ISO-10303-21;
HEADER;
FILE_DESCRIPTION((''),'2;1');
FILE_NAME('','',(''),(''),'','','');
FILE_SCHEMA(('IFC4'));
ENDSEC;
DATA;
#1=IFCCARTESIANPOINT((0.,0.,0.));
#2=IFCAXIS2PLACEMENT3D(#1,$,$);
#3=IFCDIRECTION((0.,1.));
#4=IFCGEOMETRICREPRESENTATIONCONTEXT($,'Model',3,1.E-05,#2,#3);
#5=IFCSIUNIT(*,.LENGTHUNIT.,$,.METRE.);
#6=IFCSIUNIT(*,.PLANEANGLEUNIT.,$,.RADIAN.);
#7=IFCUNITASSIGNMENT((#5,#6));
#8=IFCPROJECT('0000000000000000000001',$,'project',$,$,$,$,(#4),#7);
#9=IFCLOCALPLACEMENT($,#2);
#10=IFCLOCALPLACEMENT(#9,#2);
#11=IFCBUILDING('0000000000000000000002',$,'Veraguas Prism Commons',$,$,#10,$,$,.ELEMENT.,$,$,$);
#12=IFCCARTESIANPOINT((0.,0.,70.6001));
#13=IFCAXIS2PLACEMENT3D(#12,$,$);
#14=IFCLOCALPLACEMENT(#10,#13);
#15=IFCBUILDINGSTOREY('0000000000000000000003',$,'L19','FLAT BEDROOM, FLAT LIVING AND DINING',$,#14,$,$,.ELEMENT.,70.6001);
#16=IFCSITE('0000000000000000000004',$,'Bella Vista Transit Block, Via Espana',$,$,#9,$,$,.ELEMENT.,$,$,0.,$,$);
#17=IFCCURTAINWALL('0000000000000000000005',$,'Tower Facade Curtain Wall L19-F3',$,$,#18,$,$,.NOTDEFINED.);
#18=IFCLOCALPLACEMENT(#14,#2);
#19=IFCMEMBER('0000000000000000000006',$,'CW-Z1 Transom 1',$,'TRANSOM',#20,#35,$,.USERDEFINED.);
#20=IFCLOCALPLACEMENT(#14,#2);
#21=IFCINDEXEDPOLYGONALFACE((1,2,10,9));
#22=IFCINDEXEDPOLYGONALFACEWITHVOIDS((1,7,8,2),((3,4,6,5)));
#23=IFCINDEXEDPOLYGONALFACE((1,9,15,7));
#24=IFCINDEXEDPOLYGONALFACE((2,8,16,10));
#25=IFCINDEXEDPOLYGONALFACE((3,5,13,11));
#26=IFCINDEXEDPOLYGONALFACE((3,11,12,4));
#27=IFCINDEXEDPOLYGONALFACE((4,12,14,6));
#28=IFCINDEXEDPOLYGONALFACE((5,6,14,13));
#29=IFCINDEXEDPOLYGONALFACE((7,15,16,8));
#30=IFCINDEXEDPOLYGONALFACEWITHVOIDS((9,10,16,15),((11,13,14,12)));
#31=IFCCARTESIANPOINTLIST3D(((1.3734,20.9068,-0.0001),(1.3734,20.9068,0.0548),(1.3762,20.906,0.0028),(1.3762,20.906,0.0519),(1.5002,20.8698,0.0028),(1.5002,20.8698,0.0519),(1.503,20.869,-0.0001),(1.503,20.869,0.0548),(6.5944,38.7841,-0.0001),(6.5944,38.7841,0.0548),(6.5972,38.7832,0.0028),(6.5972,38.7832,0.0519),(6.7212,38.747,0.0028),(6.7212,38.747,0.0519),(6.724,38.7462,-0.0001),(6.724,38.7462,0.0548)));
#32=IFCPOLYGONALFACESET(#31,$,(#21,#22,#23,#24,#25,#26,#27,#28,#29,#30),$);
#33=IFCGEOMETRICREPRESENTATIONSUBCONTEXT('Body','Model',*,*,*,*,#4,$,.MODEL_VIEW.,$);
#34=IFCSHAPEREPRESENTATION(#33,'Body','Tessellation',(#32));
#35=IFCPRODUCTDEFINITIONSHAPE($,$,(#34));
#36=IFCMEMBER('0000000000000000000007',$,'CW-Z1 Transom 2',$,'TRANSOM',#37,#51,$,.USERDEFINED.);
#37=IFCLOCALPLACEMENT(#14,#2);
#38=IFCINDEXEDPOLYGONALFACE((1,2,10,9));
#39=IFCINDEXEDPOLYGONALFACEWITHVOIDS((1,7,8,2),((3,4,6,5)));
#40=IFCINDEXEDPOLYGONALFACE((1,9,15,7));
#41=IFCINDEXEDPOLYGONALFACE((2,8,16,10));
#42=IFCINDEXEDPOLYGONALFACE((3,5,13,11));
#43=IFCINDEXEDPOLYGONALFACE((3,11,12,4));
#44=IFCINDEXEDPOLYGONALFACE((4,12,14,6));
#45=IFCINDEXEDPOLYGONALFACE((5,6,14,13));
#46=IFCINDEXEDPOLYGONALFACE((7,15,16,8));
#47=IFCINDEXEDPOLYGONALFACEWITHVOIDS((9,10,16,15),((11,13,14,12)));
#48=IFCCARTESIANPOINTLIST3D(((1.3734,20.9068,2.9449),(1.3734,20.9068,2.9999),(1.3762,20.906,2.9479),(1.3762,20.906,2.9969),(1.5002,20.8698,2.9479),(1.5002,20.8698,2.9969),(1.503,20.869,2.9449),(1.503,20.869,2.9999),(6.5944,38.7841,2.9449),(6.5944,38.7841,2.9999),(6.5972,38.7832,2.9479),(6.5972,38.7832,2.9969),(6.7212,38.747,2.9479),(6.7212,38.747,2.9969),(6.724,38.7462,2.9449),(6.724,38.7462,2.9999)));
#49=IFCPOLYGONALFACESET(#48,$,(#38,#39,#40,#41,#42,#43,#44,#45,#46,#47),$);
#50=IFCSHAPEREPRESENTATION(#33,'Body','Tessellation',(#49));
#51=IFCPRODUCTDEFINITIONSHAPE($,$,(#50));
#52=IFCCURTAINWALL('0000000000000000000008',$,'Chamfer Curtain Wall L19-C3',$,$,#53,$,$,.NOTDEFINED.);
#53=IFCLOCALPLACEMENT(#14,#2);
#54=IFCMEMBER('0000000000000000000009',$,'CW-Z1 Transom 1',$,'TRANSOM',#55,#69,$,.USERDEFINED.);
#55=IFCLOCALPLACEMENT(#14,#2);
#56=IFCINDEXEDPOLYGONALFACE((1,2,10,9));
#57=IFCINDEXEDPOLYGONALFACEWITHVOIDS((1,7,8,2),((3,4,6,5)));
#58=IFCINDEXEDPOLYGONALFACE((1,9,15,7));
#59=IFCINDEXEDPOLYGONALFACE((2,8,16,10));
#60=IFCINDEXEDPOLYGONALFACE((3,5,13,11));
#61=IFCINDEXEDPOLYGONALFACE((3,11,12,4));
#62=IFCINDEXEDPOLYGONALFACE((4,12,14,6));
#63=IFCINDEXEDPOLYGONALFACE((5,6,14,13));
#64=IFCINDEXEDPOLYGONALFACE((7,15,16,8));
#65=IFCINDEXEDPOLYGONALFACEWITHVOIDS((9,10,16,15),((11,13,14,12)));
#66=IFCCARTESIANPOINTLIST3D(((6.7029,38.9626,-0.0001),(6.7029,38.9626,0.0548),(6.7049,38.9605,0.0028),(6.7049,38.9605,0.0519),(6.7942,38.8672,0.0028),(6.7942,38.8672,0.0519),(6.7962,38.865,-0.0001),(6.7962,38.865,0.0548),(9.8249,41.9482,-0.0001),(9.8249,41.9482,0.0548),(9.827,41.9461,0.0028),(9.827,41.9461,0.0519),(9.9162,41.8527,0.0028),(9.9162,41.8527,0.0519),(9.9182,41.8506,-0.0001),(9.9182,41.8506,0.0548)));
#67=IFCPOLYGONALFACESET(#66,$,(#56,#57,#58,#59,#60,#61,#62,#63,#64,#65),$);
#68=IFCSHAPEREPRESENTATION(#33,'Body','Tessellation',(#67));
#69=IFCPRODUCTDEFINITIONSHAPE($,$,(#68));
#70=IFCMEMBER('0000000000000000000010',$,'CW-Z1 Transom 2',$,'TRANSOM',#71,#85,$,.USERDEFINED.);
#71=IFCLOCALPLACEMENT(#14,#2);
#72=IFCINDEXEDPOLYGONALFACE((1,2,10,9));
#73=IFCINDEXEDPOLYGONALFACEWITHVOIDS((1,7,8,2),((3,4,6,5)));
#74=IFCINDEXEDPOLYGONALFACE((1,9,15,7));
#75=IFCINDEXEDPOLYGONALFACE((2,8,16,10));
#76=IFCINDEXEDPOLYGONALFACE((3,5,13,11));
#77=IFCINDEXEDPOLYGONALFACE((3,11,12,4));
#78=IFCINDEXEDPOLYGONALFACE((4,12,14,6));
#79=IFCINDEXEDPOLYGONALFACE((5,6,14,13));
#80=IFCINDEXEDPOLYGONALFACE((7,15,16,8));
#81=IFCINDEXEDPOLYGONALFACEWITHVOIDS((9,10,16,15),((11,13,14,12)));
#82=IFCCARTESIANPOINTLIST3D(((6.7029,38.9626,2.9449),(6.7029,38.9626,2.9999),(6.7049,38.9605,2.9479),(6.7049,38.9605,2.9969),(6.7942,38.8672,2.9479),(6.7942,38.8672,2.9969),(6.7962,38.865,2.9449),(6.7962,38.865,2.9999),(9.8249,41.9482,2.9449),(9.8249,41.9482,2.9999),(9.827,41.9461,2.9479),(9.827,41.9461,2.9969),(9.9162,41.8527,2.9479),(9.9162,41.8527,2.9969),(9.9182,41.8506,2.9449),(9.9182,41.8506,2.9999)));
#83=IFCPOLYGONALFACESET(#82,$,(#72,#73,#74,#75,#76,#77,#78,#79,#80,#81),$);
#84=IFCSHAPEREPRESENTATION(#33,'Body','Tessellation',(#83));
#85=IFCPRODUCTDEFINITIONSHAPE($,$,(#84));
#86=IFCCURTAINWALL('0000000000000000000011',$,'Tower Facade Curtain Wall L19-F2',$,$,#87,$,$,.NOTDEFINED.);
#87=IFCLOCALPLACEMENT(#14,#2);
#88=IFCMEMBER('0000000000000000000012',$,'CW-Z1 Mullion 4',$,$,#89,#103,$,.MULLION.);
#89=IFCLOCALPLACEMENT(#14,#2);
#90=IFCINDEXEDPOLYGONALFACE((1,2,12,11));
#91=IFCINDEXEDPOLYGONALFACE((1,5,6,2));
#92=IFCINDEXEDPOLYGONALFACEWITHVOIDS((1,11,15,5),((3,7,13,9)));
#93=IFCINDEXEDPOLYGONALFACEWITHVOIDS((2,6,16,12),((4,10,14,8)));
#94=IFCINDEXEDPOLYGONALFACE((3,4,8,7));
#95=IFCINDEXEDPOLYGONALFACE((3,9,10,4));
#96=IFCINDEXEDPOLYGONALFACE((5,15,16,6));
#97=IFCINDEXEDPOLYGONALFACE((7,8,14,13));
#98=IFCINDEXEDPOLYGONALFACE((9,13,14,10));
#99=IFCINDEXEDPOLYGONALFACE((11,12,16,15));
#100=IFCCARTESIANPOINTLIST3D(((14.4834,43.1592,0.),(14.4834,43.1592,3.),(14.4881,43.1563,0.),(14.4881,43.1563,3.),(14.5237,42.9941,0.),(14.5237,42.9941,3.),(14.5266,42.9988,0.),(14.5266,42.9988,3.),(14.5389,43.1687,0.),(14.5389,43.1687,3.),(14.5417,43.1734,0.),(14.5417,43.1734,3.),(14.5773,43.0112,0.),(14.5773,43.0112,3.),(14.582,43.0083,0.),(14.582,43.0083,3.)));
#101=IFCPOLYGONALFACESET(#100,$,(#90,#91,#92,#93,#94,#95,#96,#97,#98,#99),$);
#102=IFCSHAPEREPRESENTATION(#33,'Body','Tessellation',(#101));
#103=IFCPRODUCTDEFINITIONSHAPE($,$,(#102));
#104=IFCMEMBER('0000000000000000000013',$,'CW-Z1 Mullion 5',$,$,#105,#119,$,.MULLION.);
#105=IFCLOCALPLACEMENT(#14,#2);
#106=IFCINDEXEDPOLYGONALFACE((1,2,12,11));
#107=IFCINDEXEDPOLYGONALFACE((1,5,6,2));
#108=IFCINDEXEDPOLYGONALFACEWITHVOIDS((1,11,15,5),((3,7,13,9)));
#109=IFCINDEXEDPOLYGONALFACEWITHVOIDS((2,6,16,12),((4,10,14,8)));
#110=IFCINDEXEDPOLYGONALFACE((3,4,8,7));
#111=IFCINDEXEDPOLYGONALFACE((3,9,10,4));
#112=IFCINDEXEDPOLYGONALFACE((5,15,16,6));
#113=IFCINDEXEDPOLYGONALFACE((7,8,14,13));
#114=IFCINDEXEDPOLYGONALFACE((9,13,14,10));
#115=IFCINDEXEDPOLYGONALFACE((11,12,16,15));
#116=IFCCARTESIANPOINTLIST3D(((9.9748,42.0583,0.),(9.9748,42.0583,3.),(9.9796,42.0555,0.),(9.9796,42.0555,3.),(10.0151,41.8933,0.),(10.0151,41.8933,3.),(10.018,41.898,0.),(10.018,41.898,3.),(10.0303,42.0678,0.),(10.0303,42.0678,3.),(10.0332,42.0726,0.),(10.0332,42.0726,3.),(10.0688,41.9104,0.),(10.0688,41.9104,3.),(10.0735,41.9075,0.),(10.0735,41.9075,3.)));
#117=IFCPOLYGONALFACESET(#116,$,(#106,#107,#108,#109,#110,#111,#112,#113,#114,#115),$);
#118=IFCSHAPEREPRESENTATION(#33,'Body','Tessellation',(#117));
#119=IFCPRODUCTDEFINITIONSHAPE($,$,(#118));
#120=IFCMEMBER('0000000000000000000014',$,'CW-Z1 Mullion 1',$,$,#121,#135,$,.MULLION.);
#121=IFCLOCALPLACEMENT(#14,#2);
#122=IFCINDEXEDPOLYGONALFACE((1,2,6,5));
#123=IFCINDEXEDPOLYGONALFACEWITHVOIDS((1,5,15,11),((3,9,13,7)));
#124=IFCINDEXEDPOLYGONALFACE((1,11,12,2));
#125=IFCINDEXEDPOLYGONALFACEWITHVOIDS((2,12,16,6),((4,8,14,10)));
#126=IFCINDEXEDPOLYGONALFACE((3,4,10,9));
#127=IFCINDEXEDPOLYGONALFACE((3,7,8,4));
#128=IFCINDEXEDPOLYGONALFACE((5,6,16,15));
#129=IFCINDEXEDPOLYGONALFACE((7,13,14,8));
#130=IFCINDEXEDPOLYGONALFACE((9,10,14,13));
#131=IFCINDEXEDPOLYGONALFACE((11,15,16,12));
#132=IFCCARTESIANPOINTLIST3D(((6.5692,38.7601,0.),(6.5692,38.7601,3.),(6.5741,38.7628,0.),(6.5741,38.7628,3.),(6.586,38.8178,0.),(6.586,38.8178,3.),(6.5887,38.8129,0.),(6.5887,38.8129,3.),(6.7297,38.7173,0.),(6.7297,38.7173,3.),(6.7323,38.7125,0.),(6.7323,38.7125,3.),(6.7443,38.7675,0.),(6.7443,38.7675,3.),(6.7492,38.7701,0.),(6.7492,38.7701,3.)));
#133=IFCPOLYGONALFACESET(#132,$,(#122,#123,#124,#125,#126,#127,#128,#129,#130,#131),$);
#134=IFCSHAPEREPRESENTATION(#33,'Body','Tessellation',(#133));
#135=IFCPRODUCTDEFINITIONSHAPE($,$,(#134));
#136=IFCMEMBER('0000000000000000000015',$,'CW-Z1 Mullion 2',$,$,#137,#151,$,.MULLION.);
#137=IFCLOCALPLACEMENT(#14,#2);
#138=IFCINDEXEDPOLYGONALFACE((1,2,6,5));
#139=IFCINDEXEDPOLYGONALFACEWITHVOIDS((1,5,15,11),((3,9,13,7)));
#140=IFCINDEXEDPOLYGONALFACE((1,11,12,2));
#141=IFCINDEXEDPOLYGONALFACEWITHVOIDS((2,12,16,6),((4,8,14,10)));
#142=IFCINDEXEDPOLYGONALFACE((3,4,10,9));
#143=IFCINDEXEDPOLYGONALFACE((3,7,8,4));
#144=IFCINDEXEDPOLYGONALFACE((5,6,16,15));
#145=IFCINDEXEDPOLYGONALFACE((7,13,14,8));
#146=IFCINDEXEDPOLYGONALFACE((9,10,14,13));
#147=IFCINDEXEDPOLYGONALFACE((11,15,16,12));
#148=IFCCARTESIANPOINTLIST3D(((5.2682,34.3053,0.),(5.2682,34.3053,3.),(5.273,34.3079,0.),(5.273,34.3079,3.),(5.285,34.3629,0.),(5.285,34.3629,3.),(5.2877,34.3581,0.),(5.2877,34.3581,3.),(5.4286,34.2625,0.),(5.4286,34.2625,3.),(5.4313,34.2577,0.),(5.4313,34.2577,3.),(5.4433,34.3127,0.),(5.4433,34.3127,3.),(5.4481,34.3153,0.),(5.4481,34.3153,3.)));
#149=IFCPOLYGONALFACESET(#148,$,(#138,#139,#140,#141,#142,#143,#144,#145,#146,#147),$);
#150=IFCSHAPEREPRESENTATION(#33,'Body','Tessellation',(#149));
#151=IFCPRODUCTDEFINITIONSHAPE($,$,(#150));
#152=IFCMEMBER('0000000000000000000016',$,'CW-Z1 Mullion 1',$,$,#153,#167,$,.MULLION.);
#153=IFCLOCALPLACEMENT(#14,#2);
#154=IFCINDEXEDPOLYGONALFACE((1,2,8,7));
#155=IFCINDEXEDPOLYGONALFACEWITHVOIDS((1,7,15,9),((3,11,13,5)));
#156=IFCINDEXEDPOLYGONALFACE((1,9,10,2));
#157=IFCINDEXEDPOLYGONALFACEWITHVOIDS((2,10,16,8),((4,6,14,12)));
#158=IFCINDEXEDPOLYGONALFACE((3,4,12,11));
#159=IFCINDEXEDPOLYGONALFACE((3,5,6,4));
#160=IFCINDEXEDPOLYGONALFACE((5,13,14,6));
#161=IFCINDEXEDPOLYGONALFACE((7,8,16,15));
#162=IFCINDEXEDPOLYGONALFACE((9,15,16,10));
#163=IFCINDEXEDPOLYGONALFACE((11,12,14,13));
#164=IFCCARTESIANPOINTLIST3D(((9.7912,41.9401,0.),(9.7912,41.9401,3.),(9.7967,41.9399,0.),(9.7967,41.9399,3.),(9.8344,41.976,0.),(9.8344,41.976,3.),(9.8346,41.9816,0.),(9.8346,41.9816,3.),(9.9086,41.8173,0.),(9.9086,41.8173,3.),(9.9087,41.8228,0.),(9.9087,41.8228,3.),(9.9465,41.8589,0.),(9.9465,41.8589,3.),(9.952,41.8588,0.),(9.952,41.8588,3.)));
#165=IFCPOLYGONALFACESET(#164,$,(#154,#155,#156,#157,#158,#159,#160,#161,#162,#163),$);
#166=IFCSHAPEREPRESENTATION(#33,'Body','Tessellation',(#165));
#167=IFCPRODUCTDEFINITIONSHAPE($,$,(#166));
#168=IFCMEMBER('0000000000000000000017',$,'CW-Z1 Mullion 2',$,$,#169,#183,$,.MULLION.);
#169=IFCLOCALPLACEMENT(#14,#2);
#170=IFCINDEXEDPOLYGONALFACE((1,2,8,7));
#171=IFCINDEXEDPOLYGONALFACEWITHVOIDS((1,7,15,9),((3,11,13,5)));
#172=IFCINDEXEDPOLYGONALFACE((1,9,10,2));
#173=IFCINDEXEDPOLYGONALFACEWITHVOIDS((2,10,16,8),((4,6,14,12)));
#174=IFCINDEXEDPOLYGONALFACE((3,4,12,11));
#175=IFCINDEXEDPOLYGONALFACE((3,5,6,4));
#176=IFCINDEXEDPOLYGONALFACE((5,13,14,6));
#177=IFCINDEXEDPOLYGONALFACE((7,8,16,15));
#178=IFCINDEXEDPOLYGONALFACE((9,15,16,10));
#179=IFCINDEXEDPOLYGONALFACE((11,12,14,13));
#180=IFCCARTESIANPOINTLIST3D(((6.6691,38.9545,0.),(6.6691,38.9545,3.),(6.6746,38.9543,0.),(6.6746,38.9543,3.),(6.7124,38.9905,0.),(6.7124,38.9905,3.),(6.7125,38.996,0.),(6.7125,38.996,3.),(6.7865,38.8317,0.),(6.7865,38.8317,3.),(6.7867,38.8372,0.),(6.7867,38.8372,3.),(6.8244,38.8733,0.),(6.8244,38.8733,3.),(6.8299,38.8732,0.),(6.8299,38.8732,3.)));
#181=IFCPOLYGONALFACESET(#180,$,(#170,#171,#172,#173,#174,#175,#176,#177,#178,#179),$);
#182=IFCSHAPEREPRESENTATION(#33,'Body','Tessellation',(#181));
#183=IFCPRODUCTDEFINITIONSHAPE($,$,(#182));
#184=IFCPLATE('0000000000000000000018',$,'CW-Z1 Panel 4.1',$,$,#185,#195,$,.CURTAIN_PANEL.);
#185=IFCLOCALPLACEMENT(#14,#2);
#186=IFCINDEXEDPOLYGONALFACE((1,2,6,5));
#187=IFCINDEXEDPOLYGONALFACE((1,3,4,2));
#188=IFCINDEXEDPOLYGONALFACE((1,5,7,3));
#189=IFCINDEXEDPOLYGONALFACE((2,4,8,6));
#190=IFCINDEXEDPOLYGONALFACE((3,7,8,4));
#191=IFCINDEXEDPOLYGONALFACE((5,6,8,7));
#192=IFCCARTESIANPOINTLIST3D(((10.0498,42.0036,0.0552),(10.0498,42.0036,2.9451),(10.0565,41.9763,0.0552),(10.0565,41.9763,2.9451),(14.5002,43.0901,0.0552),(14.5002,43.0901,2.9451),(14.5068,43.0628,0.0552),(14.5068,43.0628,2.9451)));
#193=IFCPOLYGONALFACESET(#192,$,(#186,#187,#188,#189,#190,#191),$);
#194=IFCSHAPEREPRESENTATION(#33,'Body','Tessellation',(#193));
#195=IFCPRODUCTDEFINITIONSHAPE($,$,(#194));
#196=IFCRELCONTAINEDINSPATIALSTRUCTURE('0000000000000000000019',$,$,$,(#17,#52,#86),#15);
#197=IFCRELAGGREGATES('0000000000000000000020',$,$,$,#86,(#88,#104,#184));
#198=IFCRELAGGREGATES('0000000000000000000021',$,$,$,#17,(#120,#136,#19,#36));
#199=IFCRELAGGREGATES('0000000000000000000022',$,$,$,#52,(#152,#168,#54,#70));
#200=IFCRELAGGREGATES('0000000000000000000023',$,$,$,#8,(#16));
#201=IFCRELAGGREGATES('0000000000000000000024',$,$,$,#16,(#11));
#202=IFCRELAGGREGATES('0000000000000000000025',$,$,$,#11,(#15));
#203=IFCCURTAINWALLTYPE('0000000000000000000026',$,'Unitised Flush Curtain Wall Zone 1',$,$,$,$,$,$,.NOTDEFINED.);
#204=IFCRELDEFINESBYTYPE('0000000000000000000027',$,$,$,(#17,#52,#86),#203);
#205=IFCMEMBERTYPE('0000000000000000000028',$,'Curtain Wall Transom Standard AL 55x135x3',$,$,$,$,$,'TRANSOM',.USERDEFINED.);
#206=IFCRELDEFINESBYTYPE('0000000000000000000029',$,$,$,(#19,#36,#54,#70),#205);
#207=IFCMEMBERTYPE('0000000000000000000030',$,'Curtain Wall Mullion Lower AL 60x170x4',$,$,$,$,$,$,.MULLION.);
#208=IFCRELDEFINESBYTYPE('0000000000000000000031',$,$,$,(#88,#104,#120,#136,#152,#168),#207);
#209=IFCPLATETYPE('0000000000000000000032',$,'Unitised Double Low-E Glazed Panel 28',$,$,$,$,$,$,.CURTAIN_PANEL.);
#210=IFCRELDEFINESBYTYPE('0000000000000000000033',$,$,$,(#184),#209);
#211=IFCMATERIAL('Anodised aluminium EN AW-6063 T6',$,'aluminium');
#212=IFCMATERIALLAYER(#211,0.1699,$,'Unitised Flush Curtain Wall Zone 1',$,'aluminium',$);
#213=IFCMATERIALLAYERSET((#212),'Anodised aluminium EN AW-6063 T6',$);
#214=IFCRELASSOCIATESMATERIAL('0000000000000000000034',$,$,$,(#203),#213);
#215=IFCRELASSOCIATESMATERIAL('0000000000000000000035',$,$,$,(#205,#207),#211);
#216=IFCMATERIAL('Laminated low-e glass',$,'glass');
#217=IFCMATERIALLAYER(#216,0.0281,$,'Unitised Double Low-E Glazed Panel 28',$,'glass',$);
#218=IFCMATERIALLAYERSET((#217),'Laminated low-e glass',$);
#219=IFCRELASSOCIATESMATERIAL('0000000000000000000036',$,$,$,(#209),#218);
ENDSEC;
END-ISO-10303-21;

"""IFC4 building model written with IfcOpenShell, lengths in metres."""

from ifc_helpers import new_model, si_unit, direction, frame, origin, origin_2d, place, context, subcontext, project, spatial, rectangle, hollow_rectangle, extrude, source, transform, mapped, material, layer, layer_set, material_profile, profile_set, type_object, element, aggregate, save


model = new_model("IFC4")

# Units and contexts
model_context = context("Model", 3, precision=1e-05, world=origin(), true_north=direction((0.0, 1.0)))
body_context = subcontext(model_context, "Body", "Model", "MODEL_VIEW")
ifc_project = project(units=[si_unit("LENGTHUNIT", "METRE"), si_unit("PLANEANGLEUNIT", "RADIAN")], contexts=[model_context])

# Site, building, storey
site_placement = place(None, origin())
site = spatial("IfcSite", under=ifc_project, at=site_placement, Name="Bella Vista Transit Block, Via Espana", CompositionType="ELEMENT", RefElevation=0.0)
building_placement = place(site_placement, origin())
building = spatial("IfcBuilding", under=site, at=building_placement, Name="Veraguas Prism Commons", CompositionType="ELEMENT")
storey_placement = place(building_placement, frame((0.0, 0.0, 70.6001)))
storey = spatial("IfcBuildingStorey", under=building, at=storey_placement, Name="L19", Description="FLAT BEDROOM, FLAT LIVING AND DINING", CompositionType="ELEMENT", Elevation=70.6001)

# Curtain walls, members
ifc_material_1 = material(Name="Anodised aluminium EN AW-6063 T6", Category="aluminium")
ifc_layer_1 = layer(ifc_material_1, 0.1699, Name="Unitised Flush Curtain Wall Zone 1", Category="aluminium")
ifc_layer_set_1 = layer_set([ifc_layer_1], Name="Anodised aluminium EN AW-6063 T6")
curtain_wall_type = type_object("IfcCurtainWallType", Name="Unitised Flush Curtain Wall Zone 1", PredefinedType="NOTDEFINED", material=ifc_layer_set_1)
curtain_wall_1_placement = place(storey_placement, origin())
curtain_wall_1 = element("IfcCurtainWall", 1, at=curtain_wall_1_placement, inside=storey, type_object=curtain_wall_type, Name="Tower Facade Curtain Wall L19-F3", PredefinedType="NOTDEFINED")
ifc_material_profile_1 = material_profile(ifc_material_1, hollow_rectangle(XDim=0.0549, YDim=0.135, WallThickness=0.0029, at=origin_2d()), Name="AL55X135X3")
ifc_profile_set_1 = profile_set([ifc_material_profile_1], Name="Anodised aluminium EN AW-6063 T6")
member_type_1 = type_object("IfcMemberType", Name="Curtain Wall Transom Standard AL 55x135x3", ElementType="TRANSOM", PredefinedType="USERDEFINED", material=ifc_profile_set_1)
shared_shape_1 = source(origin(), body_context, "Body", "SweptSolid", [
    extrude(hollow_rectangle(XDim=0.0549, YDim=0.135, WallThickness=0.0029, at=origin_2d()), origin(), (0.0, 0.0, 1.0), 18.624),
])
member_1_placement = place(storey_placement, frame((6.6592, 38.7651, 0.0273), z_axis=(-0.280335, -0.959902, 0.0), x_axis=(0.0, 0.0, 1.0)))
member_1 = element("IfcMember", 2, at=member_1_placement, type_object=member_type_1, Name="CW-Z1 Transom 1", ObjectType="TRANSOM", PredefinedType="USERDEFINED", context=body_context, shape_type="MappedRepresentation", body=[
    mapped(shared_shape_1, transform((0.0, 0.0, 0.0), scale=1.0)),
])
member_2_placement = place(storey_placement, frame((6.6592, 38.7651, 2.9724), z_axis=(-0.280335, -0.959902, 0.0), x_axis=(0.0, 0.0, 1.0)))
member_2 = element("IfcMember", 3, at=member_2_placement, type_object=member_type_1, Name="CW-Z1 Transom 2", ObjectType="TRANSOM", PredefinedType="USERDEFINED", context=body_context, shape_type="MappedRepresentation", body=[
    mapped(shared_shape_1, transform((0.0, 0.0, 0.0), scale=1.0)),
])
curtain_wall_2_placement = place(storey_placement, origin())
curtain_wall_2 = element("IfcCurtainWall", 4, at=curtain_wall_2_placement, inside=storey, type_object=curtain_wall_type, Name="Chamfer Curtain Wall L19-C3", PredefinedType="NOTDEFINED")
shared_shape_2 = source(origin(), body_context, "Body", "SweptSolid", [
    extrude(hollow_rectangle(XDim=0.0549, YDim=0.135, WallThickness=0.0029, at=origin_2d()), origin(), (0.0, 0.0, 1.0), 4.3198),
])
member_3_placement = place(storey_placement, frame((9.8716, 41.8994, 0.0273), z_axis=(-0.722727, -0.691134, 0.0), x_axis=(0.0, 0.0, 1.0)))
member_3 = element("IfcMember", 5, at=member_3_placement, type_object=member_type_1, Name="CW-Z1 Transom 1", ObjectType="TRANSOM", PredefinedType="USERDEFINED", context=body_context, shape_type="MappedRepresentation", body=[
    mapped(shared_shape_2, transform((0.0, 0.0, 0.0), scale=1.0)),
])
member_4_placement = place(storey_placement, frame((9.8716, 41.8994, 2.9724), z_axis=(-0.722727, -0.691134, 0.0), x_axis=(0.0, 0.0, 1.0)))
member_4 = element("IfcMember", 6, at=member_4_placement, type_object=member_type_1, Name="CW-Z1 Transom 2", ObjectType="TRANSOM", PredefinedType="USERDEFINED", context=body_context, shape_type="MappedRepresentation", body=[
    mapped(shared_shape_2, transform((0.0, 0.0, 0.0), scale=1.0)),
])
curtain_wall_3_placement = place(storey_placement, origin())
curtain_wall_3 = element("IfcCurtainWall", 7, at=curtain_wall_3_placement, inside=storey, type_object=curtain_wall_type, Name="Tower Facade Curtain Wall L19-F2", PredefinedType="NOTDEFINED")
ifc_material_profile_2 = material_profile(ifc_material_1, hollow_rectangle(XDim=0.0601, YDim=0.1699, WallThickness=0.0039, at=origin_2d()), Name="AL60X170X4")
ifc_profile_set_2 = profile_set([ifc_material_profile_2], Name="Anodised aluminium EN AW-6063 T6")
member_type_2 = type_object("IfcMemberType", Name="Curtain Wall Mullion Lower AL 60x170x4", PredefinedType="MULLION", material=ifc_profile_set_2)
shared_shape_3 = source(origin(), body_context, "Body", "SweptSolid", [
    extrude(hollow_rectangle(XDim=0.0601, YDim=0.1699, WallThickness=0.0039, at=origin_2d()), origin(), (0.0, 0.0, 1.0), 3.0),
])
member_5_placement = place(storey_placement, frame((14.5327, 43.0837, 0.0), z_axis=(0.0, 0.0, 1.0), x_axis=(-0.971465, -0.237184, 0.0)))
member_5 = element("IfcMember", 8, at=member_5_placement, type_object=member_type_2, Name="CW-Z1 Mullion 4", PredefinedType="MULLION", context=body_context, shape_type="MappedRepresentation", body=[
    mapped(shared_shape_3, transform((0.0, 0.0, 0.0), scale=1.0)),
])
member_6_placement = place(storey_placement, frame((10.0242, 41.9829, 0.0), z_axis=(0.0, 0.0, 1.0), x_axis=(-0.971465, -0.237184, 0.0)))
member_6 = element("IfcMember", 9, at=member_6_placement, type_object=member_type_2, Name="CW-Z1 Mullion 5", PredefinedType="MULLION", context=body_context, shape_type="MappedRepresentation", body=[
    mapped(shared_shape_3, transform((0.0, 0.0, 0.0), scale=1.0)),
])

# Members
member_7_placement = place(storey_placement, frame((6.6592, 38.7651, 0.0), z_axis=(0.0, 0.0, 1.0), x_axis=(-0.280333, -0.959903, 0.0)))
member_7 = element("IfcMember", 10, at=member_7_placement, type_object=member_type_2, Name="CW-Z1 Mullion 1", PredefinedType="MULLION", context=body_context, shape_type="MappedRepresentation", body=[
    mapped(shared_shape_3, transform((0.0, 0.0, 0.0), scale=1.0)),
])
member_8_placement = place(storey_placement, frame((5.3582, 34.3103, 0.0), z_axis=(0.0, 0.0, 1.0), x_axis=(-0.280333, -0.959903, 0.0)))
member_8 = element("IfcMember", 11, at=member_8_placement, type_object=member_type_2, Name="CW-Z1 Mullion 2", PredefinedType="MULLION", context=body_context, shape_type="MappedRepresentation", body=[
    mapped(shared_shape_3, transform((0.0, 0.0, 0.0), scale=1.0)),
])
member_9_placement = place(storey_placement, frame((9.8716, 41.8994, 0.0), z_axis=(0.0, 0.0, 1.0), x_axis=(-0.72273, -0.691131, 0.0)))
member_9 = element("IfcMember", 12, at=member_9_placement, type_object=member_type_2, Name="CW-Z1 Mullion 1", PredefinedType="MULLION", context=body_context, shape_type="MappedRepresentation", body=[
    mapped(shared_shape_3, transform((0.0, 0.0, 0.0), scale=1.0)),
])
member_10_placement = place(storey_placement, frame((6.7495, 38.9138, 0.0), z_axis=(0.0, 0.0, 1.0), x_axis=(-0.72273, -0.691131, 0.0)))
member_10 = element("IfcMember", 13, at=member_10_placement, type_object=member_type_2, Name="CW-Z1 Mullion 2", PredefinedType="MULLION", context=body_context, shape_type="MappedRepresentation", body=[
    mapped(shared_shape_3, transform((0.0, 0.0, 0.0), scale=1.0)),
])

# Plate
ifc_material_2 = material(Name="Laminated low-e glass", Category="glass")
ifc_layer_2 = layer(ifc_material_2, 0.0281, Name="Unitised Double Low-E Glazed Panel 28", Category="glass")
ifc_layer_set_2 = layer_set([ifc_layer_2], Name="Laminated low-e glass")
plate_type = type_object("IfcPlateType", Name="Unitised Double Low-E Glazed Panel 28", PredefinedType="CURTAIN_PANEL", material=ifc_layer_set_2)
shared_shape_4 = source(origin(), body_context, "Body", "SweptSolid", [
    extrude(rectangle(XDim=4.5811, YDim=0.0281, at=origin_2d()), origin(), (0.0, 0.0, 1.0), 2.8899),
])
plate_1_placement = place(storey_placement, frame((12.2783, 42.5332, 0.0552), z_axis=(0.0, 0.0, 1.0), x_axis=(-0.971465, -0.237184, 0.0)))
plate_1 = element("IfcPlate", 14, at=plate_1_placement, type_object=plate_type, Name="CW-Z1 Panel 4.1", PredefinedType="CURTAIN_PANEL", context=body_context, shape_type="MappedRepresentation", body=[
    mapped(shared_shape_4, transform((0.0, 0.0, 0.0), scale=1.0)),
])
aggregate(curtain_wall_3, [member_5, member_6, plate_1])
aggregate(curtain_wall_1, [member_7, member_8, member_1, member_2])
aggregate(curtain_wall_2, [member_9, member_10, member_3, member_4])

save(model, "model.ifc")
